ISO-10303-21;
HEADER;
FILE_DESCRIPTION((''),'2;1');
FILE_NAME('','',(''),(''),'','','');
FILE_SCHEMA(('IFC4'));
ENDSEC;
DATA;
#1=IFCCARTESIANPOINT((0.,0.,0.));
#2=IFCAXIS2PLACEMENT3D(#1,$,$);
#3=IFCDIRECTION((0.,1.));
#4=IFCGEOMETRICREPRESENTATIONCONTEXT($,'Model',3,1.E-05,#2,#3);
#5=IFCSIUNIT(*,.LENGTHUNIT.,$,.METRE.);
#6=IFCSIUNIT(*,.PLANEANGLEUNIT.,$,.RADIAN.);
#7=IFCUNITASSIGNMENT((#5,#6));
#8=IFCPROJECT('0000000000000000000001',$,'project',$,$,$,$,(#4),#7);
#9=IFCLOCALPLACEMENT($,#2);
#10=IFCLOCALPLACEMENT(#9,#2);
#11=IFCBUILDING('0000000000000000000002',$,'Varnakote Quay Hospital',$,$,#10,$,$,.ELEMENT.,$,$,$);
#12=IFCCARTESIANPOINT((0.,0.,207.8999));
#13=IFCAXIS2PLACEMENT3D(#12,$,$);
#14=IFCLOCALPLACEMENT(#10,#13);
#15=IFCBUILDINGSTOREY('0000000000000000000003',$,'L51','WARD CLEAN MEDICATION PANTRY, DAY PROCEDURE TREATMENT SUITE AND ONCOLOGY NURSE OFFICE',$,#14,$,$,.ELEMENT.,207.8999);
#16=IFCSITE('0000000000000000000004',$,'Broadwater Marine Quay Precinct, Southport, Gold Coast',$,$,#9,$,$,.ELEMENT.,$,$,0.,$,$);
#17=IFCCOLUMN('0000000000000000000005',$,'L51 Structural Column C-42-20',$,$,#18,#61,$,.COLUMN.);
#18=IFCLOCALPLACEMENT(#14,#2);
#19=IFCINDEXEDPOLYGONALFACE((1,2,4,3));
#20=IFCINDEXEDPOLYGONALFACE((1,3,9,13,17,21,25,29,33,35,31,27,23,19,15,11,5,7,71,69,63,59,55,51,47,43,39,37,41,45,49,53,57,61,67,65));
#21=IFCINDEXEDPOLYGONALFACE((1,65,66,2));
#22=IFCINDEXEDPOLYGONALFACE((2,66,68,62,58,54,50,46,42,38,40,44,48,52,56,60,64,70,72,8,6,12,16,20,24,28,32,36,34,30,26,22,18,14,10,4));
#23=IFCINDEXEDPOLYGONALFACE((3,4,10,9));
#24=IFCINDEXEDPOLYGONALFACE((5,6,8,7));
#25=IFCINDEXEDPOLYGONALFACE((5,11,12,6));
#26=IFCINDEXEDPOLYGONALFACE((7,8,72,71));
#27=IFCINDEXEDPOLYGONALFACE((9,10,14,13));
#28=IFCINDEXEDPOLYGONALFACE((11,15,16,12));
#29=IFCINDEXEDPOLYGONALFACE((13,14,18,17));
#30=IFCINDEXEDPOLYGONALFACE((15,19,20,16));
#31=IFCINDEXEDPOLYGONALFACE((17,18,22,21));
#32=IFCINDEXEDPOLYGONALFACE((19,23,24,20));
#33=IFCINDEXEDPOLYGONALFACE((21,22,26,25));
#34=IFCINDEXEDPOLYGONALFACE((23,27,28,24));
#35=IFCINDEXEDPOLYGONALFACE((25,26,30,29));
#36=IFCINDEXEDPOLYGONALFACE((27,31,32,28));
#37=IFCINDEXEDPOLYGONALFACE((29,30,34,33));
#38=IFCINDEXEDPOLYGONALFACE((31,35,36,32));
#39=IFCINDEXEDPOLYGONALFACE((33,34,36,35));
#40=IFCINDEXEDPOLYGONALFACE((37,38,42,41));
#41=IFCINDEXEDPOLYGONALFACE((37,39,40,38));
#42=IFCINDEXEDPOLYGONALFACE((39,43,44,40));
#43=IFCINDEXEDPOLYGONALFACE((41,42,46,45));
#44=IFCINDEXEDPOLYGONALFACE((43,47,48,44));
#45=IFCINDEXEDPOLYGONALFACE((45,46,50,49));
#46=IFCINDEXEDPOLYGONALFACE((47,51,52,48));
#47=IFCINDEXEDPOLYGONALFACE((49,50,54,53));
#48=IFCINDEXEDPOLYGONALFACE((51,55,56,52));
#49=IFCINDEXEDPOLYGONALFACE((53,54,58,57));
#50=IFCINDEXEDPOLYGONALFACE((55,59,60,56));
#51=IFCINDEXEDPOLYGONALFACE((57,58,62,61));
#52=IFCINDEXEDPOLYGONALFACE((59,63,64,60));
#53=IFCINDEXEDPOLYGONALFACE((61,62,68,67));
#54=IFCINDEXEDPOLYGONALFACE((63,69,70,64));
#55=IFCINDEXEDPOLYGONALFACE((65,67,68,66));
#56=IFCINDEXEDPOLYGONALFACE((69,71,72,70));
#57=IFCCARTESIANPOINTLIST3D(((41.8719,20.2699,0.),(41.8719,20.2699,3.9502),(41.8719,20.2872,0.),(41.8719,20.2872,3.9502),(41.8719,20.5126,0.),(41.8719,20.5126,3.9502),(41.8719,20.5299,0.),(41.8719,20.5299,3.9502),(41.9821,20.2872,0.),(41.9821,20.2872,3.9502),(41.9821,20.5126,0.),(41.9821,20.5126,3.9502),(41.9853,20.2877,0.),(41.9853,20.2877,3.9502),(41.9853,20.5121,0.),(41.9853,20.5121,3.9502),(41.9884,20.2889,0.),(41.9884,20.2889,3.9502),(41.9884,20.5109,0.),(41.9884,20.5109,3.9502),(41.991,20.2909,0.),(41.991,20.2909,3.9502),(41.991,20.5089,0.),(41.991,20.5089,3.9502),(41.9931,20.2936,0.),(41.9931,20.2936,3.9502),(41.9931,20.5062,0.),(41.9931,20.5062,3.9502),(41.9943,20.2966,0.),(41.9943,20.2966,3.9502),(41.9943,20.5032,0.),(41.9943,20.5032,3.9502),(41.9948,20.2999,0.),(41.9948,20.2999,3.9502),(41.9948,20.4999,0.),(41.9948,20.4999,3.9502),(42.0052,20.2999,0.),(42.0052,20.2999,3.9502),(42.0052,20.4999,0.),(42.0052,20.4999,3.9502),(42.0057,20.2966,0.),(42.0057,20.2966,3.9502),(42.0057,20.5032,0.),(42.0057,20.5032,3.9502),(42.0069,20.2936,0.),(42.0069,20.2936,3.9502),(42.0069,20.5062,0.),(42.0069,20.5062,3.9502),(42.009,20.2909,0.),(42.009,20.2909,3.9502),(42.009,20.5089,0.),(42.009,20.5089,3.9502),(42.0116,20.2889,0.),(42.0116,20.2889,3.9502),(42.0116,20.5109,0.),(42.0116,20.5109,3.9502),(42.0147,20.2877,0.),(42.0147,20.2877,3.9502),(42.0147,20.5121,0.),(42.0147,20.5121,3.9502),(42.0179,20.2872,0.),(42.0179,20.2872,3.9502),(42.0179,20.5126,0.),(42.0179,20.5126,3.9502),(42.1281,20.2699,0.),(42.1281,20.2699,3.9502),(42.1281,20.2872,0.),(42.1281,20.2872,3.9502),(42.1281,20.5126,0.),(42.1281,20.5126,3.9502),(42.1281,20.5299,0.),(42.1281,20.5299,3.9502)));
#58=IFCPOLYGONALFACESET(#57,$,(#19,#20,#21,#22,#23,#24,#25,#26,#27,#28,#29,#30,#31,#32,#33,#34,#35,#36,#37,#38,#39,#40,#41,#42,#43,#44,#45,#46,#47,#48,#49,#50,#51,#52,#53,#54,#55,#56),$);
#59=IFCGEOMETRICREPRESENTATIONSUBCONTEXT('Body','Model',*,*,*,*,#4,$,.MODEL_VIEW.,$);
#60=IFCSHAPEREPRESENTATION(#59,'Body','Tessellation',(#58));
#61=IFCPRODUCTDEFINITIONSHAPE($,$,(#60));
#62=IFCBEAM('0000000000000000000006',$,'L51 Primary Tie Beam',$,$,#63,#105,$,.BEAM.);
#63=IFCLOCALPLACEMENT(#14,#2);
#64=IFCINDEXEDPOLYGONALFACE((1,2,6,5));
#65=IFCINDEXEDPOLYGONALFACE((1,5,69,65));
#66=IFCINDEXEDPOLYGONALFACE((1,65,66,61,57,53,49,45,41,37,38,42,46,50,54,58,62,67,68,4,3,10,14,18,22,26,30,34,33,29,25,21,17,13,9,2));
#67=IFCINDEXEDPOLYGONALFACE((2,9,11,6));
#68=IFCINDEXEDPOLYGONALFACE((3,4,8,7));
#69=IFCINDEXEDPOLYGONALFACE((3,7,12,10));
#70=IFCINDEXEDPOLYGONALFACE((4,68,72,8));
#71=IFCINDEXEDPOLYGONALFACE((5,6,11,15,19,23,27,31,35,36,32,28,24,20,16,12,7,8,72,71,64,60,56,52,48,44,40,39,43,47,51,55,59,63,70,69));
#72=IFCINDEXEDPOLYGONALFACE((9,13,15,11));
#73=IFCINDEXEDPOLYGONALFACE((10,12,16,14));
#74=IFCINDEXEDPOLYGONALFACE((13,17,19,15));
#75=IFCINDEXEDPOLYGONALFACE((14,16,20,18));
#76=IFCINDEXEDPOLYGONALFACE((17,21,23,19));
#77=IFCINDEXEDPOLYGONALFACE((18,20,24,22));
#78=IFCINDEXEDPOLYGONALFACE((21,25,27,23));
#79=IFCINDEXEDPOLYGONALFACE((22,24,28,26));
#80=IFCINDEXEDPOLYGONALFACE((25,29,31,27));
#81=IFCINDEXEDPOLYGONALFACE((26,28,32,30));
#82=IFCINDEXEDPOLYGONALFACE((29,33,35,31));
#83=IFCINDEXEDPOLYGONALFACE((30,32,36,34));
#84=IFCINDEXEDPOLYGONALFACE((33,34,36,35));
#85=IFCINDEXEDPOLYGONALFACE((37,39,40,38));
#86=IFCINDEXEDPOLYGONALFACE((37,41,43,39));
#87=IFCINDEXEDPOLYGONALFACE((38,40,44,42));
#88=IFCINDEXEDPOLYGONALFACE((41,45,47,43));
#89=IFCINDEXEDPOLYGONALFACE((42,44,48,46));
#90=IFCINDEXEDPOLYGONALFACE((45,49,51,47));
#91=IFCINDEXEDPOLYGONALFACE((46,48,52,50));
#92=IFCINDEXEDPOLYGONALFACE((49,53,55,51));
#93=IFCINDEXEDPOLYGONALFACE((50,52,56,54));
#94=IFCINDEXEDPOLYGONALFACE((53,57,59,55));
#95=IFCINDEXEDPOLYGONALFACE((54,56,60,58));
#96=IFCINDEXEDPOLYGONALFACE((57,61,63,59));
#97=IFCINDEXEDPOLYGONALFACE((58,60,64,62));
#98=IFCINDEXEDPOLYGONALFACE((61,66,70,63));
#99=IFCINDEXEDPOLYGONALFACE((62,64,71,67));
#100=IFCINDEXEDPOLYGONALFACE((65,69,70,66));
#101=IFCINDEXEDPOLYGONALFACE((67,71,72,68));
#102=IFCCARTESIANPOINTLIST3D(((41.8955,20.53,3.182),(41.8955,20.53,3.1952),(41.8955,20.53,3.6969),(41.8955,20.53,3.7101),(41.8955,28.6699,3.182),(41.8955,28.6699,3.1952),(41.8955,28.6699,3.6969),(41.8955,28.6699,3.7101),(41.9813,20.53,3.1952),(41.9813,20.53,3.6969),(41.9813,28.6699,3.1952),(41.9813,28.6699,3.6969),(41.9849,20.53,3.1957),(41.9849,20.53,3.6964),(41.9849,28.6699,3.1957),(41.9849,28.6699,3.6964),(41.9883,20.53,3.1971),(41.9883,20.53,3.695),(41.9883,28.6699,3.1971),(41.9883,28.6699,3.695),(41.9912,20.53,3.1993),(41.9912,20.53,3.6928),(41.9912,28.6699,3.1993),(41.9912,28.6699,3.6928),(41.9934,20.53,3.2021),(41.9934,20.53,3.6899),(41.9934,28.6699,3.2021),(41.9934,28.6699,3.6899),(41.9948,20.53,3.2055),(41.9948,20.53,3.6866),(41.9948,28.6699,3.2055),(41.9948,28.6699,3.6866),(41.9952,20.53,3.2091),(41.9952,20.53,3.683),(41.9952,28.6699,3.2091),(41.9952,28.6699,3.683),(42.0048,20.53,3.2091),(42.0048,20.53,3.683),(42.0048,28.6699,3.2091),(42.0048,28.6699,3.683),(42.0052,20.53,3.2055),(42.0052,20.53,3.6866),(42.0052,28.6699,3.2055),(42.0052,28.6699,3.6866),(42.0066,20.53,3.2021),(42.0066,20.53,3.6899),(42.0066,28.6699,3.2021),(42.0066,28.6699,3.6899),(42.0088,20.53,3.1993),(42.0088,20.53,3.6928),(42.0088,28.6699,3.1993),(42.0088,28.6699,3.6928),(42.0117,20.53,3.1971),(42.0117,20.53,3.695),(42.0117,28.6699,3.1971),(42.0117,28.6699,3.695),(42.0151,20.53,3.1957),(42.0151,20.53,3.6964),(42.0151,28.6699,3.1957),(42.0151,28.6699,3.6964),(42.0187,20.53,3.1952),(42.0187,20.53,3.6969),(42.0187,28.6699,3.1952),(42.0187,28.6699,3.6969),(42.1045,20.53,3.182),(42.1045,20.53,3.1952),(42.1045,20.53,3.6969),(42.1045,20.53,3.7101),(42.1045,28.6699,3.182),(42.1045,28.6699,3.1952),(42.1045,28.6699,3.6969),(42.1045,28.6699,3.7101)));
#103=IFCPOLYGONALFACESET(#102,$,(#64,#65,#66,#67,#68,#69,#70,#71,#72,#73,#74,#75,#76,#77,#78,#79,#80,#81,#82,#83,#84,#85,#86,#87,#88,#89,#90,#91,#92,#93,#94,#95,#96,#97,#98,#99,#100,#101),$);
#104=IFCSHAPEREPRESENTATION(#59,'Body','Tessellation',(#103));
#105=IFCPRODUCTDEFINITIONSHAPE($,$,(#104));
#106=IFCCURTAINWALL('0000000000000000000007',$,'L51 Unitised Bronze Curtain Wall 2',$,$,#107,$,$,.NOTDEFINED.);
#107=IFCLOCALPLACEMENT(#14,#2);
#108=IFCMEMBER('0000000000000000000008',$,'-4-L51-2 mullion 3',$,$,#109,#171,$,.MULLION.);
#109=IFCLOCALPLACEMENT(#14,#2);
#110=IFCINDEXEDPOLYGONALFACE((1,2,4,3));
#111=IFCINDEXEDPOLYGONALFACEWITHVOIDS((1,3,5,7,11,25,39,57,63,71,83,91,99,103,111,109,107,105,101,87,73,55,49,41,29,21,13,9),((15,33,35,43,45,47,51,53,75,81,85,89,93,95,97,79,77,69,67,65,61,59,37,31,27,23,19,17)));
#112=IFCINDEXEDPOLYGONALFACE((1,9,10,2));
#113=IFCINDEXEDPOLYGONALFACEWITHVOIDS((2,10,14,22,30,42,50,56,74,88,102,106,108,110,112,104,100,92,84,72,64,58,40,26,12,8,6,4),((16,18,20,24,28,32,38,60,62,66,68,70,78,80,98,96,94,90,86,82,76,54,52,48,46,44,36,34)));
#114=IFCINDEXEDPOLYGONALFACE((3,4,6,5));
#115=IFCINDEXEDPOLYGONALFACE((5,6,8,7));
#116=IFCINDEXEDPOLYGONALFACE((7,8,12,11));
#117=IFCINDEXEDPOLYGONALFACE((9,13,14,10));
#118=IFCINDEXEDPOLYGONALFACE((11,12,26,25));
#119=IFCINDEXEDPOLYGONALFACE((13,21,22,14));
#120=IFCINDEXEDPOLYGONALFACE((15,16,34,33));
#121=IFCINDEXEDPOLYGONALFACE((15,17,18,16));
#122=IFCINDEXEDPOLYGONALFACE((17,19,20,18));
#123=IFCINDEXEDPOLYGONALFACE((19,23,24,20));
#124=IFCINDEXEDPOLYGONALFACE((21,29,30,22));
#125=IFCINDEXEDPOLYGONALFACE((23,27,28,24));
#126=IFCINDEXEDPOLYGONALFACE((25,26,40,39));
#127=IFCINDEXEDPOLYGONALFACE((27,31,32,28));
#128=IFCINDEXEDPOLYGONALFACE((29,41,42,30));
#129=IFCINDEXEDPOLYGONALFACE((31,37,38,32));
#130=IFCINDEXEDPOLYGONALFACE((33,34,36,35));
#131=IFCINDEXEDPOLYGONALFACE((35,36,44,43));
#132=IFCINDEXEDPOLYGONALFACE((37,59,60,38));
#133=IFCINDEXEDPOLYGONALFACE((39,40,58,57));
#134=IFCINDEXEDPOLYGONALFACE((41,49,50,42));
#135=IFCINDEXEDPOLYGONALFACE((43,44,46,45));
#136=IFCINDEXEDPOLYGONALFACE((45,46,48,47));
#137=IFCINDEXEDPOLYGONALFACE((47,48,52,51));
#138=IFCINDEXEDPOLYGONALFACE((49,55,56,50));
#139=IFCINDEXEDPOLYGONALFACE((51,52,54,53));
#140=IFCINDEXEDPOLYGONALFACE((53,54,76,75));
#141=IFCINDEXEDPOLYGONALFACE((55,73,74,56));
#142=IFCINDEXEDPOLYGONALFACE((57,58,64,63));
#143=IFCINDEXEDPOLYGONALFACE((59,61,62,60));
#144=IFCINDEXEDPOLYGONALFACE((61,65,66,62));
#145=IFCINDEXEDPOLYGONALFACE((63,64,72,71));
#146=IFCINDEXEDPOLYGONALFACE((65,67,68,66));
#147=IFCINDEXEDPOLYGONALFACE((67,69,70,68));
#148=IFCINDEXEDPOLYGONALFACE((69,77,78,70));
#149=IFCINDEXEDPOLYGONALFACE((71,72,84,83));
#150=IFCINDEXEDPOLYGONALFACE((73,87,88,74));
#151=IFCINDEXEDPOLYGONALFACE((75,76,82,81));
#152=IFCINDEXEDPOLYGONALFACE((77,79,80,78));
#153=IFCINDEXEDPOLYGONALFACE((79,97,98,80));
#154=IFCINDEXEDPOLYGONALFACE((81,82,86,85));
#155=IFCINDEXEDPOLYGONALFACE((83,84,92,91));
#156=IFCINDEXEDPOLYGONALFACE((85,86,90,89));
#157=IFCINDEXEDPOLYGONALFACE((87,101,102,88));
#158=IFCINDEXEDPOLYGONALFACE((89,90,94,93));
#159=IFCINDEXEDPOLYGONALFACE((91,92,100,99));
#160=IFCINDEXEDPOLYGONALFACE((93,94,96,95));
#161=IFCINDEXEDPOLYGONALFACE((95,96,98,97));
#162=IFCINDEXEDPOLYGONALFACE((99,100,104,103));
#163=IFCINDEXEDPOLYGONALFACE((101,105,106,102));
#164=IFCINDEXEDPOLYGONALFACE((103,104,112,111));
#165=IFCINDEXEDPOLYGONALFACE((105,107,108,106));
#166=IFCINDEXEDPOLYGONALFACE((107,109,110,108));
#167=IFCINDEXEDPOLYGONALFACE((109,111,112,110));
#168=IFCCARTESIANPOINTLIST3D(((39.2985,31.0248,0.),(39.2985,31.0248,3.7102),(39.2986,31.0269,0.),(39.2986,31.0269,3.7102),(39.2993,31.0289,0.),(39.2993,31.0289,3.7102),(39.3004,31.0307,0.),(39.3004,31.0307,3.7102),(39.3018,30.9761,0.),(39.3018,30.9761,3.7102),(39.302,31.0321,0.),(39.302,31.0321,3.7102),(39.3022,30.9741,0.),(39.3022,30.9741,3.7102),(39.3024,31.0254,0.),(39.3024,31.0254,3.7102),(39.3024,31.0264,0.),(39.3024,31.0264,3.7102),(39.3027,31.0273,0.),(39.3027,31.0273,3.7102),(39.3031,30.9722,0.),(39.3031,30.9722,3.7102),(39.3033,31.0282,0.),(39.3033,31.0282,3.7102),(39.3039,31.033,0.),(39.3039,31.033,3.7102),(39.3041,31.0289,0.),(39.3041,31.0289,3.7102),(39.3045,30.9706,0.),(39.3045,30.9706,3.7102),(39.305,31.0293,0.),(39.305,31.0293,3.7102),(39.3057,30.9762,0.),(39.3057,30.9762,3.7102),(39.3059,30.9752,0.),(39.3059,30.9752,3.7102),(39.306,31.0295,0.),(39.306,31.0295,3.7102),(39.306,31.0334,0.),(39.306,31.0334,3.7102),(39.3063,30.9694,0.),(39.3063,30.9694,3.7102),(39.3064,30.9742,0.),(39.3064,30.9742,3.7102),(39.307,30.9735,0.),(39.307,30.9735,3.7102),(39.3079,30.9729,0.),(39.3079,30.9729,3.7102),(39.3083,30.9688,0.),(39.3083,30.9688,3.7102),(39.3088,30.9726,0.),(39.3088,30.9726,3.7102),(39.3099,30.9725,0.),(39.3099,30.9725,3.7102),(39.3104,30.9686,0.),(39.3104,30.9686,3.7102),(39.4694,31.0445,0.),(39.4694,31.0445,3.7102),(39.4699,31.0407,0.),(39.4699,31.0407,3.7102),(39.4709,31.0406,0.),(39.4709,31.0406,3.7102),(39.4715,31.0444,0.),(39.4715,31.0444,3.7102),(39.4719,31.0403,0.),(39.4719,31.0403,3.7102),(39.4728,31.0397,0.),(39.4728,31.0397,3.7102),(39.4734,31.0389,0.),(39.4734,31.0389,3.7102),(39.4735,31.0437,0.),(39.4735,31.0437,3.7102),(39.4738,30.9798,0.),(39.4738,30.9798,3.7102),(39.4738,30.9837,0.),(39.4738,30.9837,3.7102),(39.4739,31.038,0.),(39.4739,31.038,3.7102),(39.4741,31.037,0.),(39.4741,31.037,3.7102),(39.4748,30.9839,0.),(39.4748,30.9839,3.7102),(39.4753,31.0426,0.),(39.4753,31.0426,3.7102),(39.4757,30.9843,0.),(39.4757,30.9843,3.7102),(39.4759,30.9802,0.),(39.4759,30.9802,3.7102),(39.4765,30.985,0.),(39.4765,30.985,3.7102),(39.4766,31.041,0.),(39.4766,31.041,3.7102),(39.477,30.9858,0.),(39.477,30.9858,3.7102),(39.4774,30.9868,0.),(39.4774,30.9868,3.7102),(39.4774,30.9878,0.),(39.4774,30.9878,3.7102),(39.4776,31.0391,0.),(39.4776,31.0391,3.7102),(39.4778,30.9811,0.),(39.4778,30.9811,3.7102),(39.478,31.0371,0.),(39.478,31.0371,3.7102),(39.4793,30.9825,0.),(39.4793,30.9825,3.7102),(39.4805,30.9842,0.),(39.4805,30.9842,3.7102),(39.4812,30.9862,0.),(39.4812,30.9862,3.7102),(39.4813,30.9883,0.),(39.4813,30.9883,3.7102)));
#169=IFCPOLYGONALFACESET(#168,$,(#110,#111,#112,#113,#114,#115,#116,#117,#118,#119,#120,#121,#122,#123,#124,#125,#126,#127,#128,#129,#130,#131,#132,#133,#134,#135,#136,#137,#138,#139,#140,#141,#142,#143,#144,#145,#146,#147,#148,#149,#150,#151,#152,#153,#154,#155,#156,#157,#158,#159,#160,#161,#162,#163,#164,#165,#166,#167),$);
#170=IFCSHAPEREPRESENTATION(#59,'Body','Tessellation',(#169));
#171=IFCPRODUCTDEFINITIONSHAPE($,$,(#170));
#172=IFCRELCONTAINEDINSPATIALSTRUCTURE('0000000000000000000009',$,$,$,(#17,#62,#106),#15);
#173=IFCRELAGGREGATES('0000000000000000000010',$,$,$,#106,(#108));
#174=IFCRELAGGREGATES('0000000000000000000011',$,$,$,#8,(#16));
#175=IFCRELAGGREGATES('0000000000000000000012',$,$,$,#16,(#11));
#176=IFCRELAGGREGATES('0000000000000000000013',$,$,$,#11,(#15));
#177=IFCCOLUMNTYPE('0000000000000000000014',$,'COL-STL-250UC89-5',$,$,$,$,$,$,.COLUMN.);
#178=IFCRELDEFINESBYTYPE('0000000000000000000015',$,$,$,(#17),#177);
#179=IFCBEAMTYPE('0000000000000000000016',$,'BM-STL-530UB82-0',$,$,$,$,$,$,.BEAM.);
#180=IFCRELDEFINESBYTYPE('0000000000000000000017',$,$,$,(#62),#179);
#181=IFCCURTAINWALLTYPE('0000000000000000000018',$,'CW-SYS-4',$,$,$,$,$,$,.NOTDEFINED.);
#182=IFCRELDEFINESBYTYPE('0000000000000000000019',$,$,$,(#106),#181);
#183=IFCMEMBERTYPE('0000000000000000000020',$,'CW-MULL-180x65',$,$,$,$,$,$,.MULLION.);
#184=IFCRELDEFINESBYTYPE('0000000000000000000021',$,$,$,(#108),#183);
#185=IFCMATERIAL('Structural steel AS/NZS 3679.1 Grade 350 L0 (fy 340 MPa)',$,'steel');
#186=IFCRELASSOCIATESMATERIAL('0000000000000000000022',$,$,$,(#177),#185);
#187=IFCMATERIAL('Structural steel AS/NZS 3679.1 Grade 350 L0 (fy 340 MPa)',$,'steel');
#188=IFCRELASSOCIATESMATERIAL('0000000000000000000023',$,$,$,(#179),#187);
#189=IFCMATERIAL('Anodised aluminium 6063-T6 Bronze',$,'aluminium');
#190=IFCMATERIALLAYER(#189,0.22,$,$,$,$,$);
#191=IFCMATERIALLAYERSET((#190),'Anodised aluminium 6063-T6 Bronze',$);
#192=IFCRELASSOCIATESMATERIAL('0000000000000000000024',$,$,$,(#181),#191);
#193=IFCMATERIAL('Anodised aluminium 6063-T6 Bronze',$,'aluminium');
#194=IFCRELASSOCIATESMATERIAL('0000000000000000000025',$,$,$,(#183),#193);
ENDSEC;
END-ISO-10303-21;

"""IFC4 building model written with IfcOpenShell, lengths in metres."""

from ifc_helpers import new_model, si_unit, direction, frame, origin, origin_2d, place, context, subcontext, project, spatial, hollow_rectangle, i_section, extrude, material, layer, layer_set, material_profile, profile_set, type_object, element, aggregate, save


model = new_model("IFC4")

# Units and contexts
model_context = context("Model", 3, precision=1e-05, world=origin(), true_north=direction((0.0, 1.0)))
body_context = subcontext(model_context, "Body", "Model", "MODEL_VIEW")
ifc_project = project(units=[si_unit("LENGTHUNIT", "METRE"), si_unit("PLANEANGLEUNIT", "RADIAN")], contexts=[model_context])

# Site, building, storey
site_placement = place(None, origin())
site = spatial("IfcSite", under=ifc_project, at=site_placement, Name="Broadwater Marine Quay Precinct, Southport, Gold Coast", CompositionType="ELEMENT", RefElevation=0.0)
building_placement = place(site_placement, origin())
building = spatial("IfcBuilding", under=site, at=building_placement, Name="Varnakote Quay Hospital", CompositionType="ELEMENT")
storey_placement = place(building_placement, frame((0.0, 0.0, 207.8999)))
storey = spatial("IfcBuildingStorey", under=building, at=storey_placement, Name="L51", Description="WARD CLEAN MEDICATION PANTRY, DAY PROCEDURE TREATMENT SUITE AND ONCOLOGY NURSE OFFICE", CompositionType="ELEMENT", Elevation=207.8999)

# Column
ifc_material_1 = material(Name="Structural steel AS/NZS 3679.1 Grade 350 L0 (fy 340 MPa)", Category="steel")
ifc_material_profile_1 = material_profile(ifc_material_1, i_section(OverallWidth=0.2561, OverallDepth=0.26, WebThickness=0.0105, FlangeThickness=0.0173, FilletRadius=0.0127, at=origin_2d()), Name="250UC89.5")
ifc_profile_set_1 = profile_set([ifc_material_profile_1], Name="Structural steel AS/NZS 3679.1 Grade 350 L0 (fy 340 MPa)")
column_type = type_object("IfcColumnType", Name="COL-STL-250UC89-5", PredefinedType="COLUMN", material=ifc_profile_set_1)
column_placement = place(storey_placement, frame((42.0, 20.3999, 0.0), z_axis=(0.0, 0.0, 1.0), x_axis=(1.0, 0.0, 0.0)))
element("IfcColumn", 1, at=column_placement, inside=storey, type_object=column_type, Name="L51 Structural Column C-42-20", PredefinedType="COLUMN", context=body_context, shape_type="SweptSolid", body=[
    extrude(i_section(OverallWidth=0.2561, OverallDepth=0.26, WebThickness=0.0105, FlangeThickness=0.0173, FilletRadius=0.0127, at=origin_2d()), origin(), (0.0, 0.0, 1.0), 3.9502),
])

# Beam
ifc_material_2 = material(Name="Structural steel AS/NZS 3679.1 Grade 350 L0 (fy 340 MPa)", Category="steel")
ifc_material_profile_2 = material_profile(ifc_material_2, i_section(OverallWidth=0.209, OverallDepth=0.5281, WebThickness=0.0095, FlangeThickness=0.0132, FilletRadius=0.0139, at=origin_2d()), Name="530UB82.0")
ifc_profile_set_2 = profile_set([ifc_material_profile_2], Name="Structural steel AS/NZS 3679.1 Grade 350 L0 (fy 340 MPa)")
beam_type = type_object("IfcBeamType", Name="BM-STL-530UB82-0", PredefinedType="BEAM", material=ifc_profile_set_2)
beam_placement = place(storey_placement, frame((42.0, 20.53, 3.446), z_axis=(0.0, 1.0, 0.0), x_axis=(-1.0, 0.0, 0.0)))
element("IfcBeam", 2, at=beam_placement, inside=storey, type_object=beam_type, Name="L51 Primary Tie Beam", PredefinedType="BEAM", context=body_context, shape_type="SweptSolid", body=[
    extrude(i_section(OverallWidth=0.209, OverallDepth=0.5281, WebThickness=0.0095, FlangeThickness=0.0132, FilletRadius=0.0139, at=origin_2d()), origin(), (0.0, 0.0, 1.0), 8.1399),
])

# Curtain wall, member
ifc_material_3 = material(Name="Anodised aluminium 6063-T6 Bronze", Category="aluminium")
ifc_layer_1 = layer(ifc_material_3, 0.22)
ifc_layer_set_1 = layer_set([ifc_layer_1], Name="Anodised aluminium 6063-T6 Bronze")
curtain_wall_type = type_object("IfcCurtainWallType", Name="CW-SYS-4", PredefinedType="NOTDEFINED", material=ifc_layer_set_1)
curtain_wall_placement = place(storey_placement, origin())
curtain_wall = element("IfcCurtainWall", 3, at=curtain_wall_placement, inside=storey, type_object=curtain_wall_type, Name="L51 Unitised Bronze Curtain Wall 2", PredefinedType="NOTDEFINED")
ifc_material_4 = material(Name="Anodised aluminium 6063-T6 Bronze", Category="aluminium")
ifc_material_profile_3 = material_profile(ifc_material_4, hollow_rectangle(XDim=0.0649, YDim=0.1799, WallThickness=0.0039, InnerFilletRadius=0.0039, OuterFilletRadius=0.0081, at=origin_2d()), Name="CW-MULL-180x65")
ifc_profile_set_3 = profile_set([ifc_material_profile_3], Name="Anodised aluminium 6063-T6 Bronze")
member_type_1 = type_object("IfcMemberType", Name="CW-MULL-180x65", PredefinedType="MULLION", material=ifc_profile_set_3)
member_1_placement = place(storey_placement, frame((39.3899, 31.0066, 0.0), z_axis=(0.0, 0.0, 1.0), x_axis=(0.067842, -0.997696, 0.0)))
member_1 = element("IfcMember", 4, at=member_1_placement, type_object=member_type_1, Name="-4-L51-2 mullion 3", PredefinedType="MULLION", context=body_context, shape_type="SweptSolid", body=[
    extrude(hollow_rectangle(XDim=0.0649, YDim=0.1799, WallThickness=0.0039, InnerFilletRadius=0.0039, OuterFilletRadius=0.0081, at=origin_2d()), origin(), (0.0, 0.0, 1.0), 3.7102),
])
aggregate(curtain_wall, [member_1])

save(model, "model.ifc")
